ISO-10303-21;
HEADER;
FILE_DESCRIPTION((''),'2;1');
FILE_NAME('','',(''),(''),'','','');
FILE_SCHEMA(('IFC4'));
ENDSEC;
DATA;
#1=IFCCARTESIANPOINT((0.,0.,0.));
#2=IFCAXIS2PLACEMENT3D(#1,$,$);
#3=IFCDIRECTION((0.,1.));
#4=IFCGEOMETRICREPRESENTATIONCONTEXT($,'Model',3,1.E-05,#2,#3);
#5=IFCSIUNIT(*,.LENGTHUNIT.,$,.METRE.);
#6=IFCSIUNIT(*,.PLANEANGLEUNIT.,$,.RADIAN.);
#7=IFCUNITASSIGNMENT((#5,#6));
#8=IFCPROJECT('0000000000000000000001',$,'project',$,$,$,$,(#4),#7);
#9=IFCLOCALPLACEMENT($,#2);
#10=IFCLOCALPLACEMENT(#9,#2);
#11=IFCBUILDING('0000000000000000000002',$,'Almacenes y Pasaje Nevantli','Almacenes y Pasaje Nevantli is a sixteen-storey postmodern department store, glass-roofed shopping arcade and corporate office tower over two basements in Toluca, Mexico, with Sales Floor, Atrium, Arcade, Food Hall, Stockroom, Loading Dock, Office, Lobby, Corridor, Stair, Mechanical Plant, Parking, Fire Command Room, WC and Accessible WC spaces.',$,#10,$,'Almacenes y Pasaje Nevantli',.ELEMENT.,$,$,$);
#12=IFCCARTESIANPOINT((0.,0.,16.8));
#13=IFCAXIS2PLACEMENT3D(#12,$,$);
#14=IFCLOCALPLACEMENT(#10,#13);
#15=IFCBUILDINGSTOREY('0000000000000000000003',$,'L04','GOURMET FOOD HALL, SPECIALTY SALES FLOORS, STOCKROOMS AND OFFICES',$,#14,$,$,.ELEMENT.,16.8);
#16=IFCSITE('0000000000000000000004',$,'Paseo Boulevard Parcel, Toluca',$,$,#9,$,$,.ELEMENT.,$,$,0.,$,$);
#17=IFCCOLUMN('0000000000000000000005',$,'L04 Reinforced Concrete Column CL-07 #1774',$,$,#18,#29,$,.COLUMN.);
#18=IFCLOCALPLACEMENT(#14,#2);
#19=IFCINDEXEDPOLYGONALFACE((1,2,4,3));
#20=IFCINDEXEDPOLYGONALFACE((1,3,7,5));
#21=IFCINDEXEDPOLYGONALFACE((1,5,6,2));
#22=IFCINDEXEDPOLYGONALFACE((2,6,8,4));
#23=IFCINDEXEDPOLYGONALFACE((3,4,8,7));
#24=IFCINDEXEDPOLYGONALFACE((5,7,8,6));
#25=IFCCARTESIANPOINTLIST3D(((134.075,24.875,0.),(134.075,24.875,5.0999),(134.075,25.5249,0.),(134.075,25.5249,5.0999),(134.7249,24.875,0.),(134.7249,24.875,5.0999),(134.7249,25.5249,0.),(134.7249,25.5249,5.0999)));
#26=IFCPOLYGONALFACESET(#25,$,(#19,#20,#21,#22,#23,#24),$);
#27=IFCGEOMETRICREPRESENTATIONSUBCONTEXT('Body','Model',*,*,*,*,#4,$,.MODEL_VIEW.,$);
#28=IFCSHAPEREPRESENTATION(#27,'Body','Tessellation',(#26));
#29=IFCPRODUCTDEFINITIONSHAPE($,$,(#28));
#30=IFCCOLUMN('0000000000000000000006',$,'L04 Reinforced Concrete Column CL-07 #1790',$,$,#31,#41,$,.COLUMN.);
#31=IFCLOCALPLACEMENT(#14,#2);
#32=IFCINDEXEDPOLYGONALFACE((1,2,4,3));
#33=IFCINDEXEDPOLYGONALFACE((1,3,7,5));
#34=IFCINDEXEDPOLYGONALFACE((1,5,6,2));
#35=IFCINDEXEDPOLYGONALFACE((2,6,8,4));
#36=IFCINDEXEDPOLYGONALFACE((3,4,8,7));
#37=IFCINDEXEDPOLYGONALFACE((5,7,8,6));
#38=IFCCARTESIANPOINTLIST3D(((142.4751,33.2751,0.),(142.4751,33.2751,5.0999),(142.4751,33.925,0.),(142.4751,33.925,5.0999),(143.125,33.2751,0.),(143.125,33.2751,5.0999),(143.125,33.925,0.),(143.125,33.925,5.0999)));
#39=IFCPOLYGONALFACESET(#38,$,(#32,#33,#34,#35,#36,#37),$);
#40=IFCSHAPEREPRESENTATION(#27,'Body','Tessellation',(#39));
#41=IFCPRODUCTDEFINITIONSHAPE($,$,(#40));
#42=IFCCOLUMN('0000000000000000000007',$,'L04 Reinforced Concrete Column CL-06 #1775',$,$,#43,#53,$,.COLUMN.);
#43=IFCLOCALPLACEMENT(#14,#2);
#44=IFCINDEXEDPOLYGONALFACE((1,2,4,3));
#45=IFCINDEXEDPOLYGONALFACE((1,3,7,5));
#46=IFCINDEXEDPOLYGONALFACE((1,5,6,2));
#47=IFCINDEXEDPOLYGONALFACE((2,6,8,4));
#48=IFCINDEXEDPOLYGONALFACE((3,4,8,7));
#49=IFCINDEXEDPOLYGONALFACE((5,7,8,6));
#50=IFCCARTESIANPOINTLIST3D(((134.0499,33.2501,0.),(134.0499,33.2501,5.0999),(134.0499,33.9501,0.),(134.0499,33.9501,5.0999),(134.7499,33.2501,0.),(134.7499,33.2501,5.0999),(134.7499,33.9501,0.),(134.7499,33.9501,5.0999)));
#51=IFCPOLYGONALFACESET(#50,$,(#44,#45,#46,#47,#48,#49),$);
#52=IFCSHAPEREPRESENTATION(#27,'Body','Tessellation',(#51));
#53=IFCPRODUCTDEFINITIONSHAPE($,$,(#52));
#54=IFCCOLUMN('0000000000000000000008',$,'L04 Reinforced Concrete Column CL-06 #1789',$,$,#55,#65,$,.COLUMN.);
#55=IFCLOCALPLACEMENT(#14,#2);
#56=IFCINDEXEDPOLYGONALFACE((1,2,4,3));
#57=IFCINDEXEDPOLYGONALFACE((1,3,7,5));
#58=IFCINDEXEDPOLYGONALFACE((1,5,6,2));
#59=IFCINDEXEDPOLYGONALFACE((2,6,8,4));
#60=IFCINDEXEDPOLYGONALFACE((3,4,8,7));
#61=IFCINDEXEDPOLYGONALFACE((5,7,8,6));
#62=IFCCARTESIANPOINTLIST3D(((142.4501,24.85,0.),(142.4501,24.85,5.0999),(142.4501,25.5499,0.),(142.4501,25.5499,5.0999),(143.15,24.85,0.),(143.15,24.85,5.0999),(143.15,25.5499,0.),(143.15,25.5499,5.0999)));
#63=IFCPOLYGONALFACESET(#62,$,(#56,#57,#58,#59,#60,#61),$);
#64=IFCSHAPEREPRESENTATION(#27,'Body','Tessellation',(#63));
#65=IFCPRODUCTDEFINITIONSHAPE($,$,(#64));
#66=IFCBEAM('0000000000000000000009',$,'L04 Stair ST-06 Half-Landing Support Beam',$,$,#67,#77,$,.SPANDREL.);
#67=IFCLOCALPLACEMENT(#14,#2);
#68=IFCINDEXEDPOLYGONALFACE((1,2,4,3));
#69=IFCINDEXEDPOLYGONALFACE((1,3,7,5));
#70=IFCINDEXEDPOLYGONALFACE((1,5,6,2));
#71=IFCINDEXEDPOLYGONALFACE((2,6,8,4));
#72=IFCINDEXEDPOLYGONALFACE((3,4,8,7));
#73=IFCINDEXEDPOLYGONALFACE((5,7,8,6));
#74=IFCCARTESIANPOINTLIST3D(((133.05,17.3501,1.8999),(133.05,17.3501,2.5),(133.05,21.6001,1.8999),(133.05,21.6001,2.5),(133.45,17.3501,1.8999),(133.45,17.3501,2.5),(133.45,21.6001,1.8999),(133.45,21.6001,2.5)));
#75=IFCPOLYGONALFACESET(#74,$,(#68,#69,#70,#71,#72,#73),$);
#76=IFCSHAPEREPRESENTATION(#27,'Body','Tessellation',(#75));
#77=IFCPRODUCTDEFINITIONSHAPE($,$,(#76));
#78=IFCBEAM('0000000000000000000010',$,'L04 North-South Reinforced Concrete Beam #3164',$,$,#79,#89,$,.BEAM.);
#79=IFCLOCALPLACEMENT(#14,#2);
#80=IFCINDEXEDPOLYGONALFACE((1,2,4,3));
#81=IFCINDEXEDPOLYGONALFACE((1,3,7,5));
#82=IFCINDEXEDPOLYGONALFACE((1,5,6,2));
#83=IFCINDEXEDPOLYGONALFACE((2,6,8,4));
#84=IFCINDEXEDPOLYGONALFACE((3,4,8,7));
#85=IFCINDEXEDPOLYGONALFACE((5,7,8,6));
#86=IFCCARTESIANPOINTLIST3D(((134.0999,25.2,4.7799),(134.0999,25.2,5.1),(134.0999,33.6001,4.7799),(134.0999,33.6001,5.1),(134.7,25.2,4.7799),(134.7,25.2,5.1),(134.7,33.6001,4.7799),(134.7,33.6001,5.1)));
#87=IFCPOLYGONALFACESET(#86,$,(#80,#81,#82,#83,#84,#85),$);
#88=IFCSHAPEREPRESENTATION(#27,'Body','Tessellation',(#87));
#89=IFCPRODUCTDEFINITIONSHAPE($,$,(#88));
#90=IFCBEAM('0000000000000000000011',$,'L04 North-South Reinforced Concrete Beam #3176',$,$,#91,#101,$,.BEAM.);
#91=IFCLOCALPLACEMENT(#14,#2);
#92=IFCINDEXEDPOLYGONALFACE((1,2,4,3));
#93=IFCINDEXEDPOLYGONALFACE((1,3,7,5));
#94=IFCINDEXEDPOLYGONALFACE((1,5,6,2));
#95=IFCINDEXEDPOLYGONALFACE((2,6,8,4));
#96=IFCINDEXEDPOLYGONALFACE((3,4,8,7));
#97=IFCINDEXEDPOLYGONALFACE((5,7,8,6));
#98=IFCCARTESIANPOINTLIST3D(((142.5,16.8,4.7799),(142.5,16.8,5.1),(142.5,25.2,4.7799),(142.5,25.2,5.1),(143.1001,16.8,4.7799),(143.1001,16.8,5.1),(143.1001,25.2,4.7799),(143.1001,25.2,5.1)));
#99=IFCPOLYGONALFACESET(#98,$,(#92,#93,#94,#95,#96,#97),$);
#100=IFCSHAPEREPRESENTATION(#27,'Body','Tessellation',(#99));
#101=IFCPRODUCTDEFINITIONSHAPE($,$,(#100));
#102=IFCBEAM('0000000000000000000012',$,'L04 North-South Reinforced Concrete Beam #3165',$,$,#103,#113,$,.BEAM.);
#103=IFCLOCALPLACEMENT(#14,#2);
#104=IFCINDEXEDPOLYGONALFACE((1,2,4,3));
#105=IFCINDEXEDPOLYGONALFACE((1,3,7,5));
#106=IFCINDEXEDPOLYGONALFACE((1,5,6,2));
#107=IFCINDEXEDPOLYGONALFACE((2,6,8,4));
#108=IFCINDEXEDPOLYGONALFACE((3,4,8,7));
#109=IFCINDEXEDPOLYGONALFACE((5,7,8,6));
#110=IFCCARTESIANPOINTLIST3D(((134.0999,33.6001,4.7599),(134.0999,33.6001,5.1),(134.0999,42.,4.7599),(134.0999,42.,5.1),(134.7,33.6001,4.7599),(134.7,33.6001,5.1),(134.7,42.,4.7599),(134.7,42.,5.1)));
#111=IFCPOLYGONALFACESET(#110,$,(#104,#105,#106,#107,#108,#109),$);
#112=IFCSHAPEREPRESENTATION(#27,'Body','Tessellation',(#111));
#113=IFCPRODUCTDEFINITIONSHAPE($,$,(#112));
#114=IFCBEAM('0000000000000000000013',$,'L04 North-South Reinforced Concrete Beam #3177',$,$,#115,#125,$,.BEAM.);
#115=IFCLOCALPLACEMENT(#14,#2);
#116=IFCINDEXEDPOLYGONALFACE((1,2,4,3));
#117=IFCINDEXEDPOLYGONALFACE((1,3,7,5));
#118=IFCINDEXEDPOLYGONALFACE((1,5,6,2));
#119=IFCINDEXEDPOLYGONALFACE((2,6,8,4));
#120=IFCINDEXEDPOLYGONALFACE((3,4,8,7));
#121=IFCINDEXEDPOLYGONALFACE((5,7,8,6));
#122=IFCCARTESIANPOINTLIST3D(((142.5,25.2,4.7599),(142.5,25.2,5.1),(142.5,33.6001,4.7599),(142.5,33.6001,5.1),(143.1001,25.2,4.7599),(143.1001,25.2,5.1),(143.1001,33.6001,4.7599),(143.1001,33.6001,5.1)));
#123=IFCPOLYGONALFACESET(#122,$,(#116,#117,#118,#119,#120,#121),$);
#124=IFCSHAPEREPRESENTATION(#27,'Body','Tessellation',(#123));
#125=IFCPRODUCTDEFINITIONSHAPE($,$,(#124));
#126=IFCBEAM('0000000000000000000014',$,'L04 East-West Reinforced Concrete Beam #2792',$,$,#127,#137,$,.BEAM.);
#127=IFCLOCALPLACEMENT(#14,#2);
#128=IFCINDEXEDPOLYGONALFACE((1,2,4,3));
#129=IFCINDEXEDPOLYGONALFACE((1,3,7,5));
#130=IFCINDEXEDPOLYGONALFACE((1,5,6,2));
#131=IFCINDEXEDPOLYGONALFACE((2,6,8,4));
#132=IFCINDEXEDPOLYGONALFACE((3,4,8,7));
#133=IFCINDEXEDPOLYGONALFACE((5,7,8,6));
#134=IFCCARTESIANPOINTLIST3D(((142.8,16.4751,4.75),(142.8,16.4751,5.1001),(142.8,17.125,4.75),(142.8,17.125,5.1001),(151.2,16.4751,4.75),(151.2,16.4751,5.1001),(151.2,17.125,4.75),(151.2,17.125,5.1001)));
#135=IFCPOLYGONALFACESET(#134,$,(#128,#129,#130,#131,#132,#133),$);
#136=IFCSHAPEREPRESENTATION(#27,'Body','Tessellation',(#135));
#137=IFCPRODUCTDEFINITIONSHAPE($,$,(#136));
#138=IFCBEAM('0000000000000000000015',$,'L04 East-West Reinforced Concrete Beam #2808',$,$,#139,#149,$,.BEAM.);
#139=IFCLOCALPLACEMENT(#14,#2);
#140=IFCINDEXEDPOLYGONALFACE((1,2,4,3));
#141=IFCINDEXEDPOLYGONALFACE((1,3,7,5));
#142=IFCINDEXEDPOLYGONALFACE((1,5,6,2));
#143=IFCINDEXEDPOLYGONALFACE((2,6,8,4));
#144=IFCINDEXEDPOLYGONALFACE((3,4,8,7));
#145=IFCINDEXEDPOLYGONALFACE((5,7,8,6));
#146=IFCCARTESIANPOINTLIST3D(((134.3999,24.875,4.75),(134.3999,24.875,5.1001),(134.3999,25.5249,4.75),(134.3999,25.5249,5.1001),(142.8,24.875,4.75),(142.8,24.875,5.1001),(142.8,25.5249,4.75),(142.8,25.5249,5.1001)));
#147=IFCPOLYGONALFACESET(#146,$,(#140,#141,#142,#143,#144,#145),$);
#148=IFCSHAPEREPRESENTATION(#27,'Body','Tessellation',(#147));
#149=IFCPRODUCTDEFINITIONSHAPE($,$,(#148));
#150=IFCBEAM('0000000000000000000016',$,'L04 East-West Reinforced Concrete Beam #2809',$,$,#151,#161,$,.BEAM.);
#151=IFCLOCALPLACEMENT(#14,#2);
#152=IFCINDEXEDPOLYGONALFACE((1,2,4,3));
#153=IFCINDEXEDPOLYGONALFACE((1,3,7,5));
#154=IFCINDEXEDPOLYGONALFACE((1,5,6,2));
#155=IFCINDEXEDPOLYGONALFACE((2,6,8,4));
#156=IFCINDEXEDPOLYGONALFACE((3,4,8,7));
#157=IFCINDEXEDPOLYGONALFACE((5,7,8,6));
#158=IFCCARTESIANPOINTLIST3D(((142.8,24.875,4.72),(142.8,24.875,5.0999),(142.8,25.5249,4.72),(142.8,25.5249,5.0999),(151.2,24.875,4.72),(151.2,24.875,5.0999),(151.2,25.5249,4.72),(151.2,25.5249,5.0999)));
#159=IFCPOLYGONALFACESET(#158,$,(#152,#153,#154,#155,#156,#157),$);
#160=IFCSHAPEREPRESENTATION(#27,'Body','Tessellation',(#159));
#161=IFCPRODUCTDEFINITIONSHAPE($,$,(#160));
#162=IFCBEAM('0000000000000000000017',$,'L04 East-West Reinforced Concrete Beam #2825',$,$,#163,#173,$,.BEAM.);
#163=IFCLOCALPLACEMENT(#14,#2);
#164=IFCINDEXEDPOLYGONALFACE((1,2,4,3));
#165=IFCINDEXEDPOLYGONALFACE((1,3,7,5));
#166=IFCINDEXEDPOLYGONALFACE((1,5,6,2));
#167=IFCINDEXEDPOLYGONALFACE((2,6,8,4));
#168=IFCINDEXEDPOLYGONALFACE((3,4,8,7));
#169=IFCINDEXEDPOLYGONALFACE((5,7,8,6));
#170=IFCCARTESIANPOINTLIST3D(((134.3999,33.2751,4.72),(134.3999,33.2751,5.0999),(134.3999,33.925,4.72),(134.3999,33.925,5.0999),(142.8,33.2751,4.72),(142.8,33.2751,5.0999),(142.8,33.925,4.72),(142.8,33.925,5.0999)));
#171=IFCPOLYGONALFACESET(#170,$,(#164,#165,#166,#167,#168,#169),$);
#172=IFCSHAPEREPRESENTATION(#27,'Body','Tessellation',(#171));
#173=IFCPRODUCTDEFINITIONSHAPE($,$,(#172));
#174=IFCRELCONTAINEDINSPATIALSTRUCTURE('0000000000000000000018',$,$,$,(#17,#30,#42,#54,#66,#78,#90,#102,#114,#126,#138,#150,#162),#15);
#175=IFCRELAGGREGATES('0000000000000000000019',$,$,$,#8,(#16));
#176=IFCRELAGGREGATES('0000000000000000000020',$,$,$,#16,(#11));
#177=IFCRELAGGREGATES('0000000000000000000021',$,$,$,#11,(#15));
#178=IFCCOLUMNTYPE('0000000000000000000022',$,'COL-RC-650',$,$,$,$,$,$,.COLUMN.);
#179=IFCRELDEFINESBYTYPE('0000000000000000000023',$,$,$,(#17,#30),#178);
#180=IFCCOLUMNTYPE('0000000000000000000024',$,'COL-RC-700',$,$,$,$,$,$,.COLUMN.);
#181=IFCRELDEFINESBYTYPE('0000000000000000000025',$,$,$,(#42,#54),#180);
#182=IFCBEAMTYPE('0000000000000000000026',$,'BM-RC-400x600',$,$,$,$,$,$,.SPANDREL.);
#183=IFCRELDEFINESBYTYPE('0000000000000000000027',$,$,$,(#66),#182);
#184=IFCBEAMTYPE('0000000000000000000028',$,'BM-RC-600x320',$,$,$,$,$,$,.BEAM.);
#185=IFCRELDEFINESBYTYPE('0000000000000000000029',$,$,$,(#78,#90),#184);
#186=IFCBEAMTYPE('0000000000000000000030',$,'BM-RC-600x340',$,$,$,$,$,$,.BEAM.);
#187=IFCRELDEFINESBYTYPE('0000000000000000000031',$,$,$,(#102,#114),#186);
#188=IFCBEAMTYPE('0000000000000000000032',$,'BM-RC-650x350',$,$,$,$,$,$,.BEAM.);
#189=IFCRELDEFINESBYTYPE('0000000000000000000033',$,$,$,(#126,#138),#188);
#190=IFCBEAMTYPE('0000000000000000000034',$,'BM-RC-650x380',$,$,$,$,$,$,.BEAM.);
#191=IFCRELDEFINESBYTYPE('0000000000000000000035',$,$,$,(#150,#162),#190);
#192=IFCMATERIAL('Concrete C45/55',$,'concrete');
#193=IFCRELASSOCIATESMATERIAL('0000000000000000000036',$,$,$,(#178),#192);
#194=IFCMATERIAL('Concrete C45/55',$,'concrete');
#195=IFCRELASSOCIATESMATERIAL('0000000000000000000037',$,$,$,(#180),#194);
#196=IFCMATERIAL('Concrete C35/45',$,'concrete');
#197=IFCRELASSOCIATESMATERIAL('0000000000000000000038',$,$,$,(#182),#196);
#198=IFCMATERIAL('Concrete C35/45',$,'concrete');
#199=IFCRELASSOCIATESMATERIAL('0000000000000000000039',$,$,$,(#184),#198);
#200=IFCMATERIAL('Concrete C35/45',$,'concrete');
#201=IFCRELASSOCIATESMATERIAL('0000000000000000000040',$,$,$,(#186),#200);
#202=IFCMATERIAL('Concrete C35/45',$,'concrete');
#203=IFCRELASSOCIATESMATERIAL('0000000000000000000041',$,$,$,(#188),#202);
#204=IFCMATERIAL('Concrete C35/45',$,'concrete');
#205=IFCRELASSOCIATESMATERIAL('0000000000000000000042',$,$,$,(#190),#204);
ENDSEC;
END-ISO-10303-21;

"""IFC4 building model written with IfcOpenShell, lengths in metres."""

from ifc_helpers import new_model, si_unit, direction, frame, origin, origin_2d, place, context, subcontext, project, spatial, rectangle, extrude, material, material_profile, profile_set, type_object, element, save


model = new_model("IFC4")

# Units and contexts
model_context = context("Model", 3, precision=1e-05, world=origin(), true_north=direction((0.0, 1.0)))
body_context = subcontext(model_context, "Body", "Model", "MODEL_VIEW")
ifc_project = project(units=[si_unit("LENGTHUNIT", "METRE"), si_unit("PLANEANGLEUNIT", "RADIAN")], contexts=[model_context])

# Site, building, storey
site_placement = place(None, origin())
site = spatial("IfcSite", under=ifc_project, at=site_placement, Name="Paseo Boulevard Parcel, Toluca", CompositionType="ELEMENT", RefElevation=0.0)
building_placement = place(site_placement, origin())
building = spatial("IfcBuilding", under=site, at=building_placement, Name="Almacenes y Pasaje Nevantli", Description="Almacenes y Pasaje Nevantli is a sixteen-storey postmodern department store, glass-roofed shopping arcade and corporate office tower over two basements in Toluca, Mexico, with Sales Floor, Atrium, Arcade, Food Hall, Stockroom, Loading Dock, Office, Lobby, Corridor, Stair, Mechanical Plant, Parking, Fire Command Room, WC and Accessible WC spaces.", LongName="Almacenes y Pasaje Nevantli", CompositionType="ELEMENT")
storey_placement = place(building_placement, frame((0.0, 0.0, 16.8)))
storey = spatial("IfcBuildingStorey", under=building, at=storey_placement, Name="L04", Description="GOURMET FOOD HALL, SPECIALTY SALES FLOORS, STOCKROOMS AND OFFICES", CompositionType="ELEMENT", Elevation=16.8)

# Columns
ifc_material_1 = material(Name="Concrete C45/55", Category="concrete")
ifc_material_profile_1 = material_profile(ifc_material_1, rectangle(XDim=0.6499, YDim=0.6499, at=origin_2d()), Name="RC-COL-650x650")
ifc_profile_set_1 = profile_set([ifc_material_profile_1], Name="Concrete C45/55")
column_type_1 = type_object("IfcColumnType", Name="COL-RC-650", PredefinedType="COLUMN", material=ifc_profile_set_1)
for number, where, z_axis, x_axis, name in (
    (1, (134.3999, 25.2, 0.0), (0.0, 0.0, 1.0), (1.0, 0.0, 0.0), "L04 Reinforced Concrete Column CL-07 #1774"),
    (2, (142.8, 33.6001, 0.0), (0.0, 0.0, 1.0), (1.0, 0.0, 0.0), "L04 Reinforced Concrete Column CL-07 #1790"),
):
    element("IfcColumn", number, at=place(storey_placement, frame(where, z_axis=z_axis, x_axis=x_axis)), inside=storey, type_object=column_type_1, Name=name, PredefinedType="COLUMN", context=body_context, shape_type="SweptSolid", body=[
        extrude(rectangle(XDim=0.6499, YDim=0.6499, at=origin_2d()), origin(), (0.0, 0.0, 1.0), 5.0999),
    ])
ifc_material_2 = material(Name="Concrete C45/55", Category="concrete")
ifc_material_profile_2 = material_profile(ifc_material_2, rectangle(XDim=0.7, YDim=0.7, at=origin_2d()), Name="RC-COL-700x700")
ifc_profile_set_2 = profile_set([ifc_material_profile_2], Name="Concrete C45/55")
column_type_2 = type_object("IfcColumnType", Name="COL-RC-700", PredefinedType="COLUMN", material=ifc_profile_set_2)
for number, where, z_axis, x_axis, name in (
    (3, (134.3999, 33.6001, 0.0), (0.0, 0.0, 1.0), (1.0, 0.0, 0.0), "L04 Reinforced Concrete Column CL-06 #1775"),
    (4, (142.8, 25.2, 0.0), (0.0, 0.0, 1.0), (1.0, 0.0, 0.0), "L04 Reinforced Concrete Column CL-06 #1789"),
):
    element("IfcColumn", number, at=place(storey_placement, frame(where, z_axis=z_axis, x_axis=x_axis)), inside=storey, type_object=column_type_2, Name=name, PredefinedType="COLUMN", context=body_context, shape_type="SweptSolid", body=[
        extrude(rectangle(XDim=0.7, YDim=0.7, at=origin_2d()), origin(), (0.0, 0.0, 1.0), 5.0999),
    ])

# Beams
ifc_material_3 = material(Name="Concrete C35/45", Category="concrete")
ifc_material_profile_3 = material_profile(ifc_material_3, rectangle(XDim=0.3999, YDim=0.6001, at=origin_2d()), Name="RC-BM-400x600")
ifc_profile_set_3 = profile_set([ifc_material_profile_3], Name="Concrete C35/45")
beam_type_1 = type_object("IfcBeamType", Name="BM-RC-400x600", PredefinedType="SPANDREL", material=ifc_profile_set_3)
beam_1_placement = place(storey_placement, frame((133.25, 17.3501, 2.2), z_axis=(0.0, 1.0, 0.0), x_axis=(-1.0, 0.0, 0.0)))
element("IfcBeam", 5, at=beam_1_placement, inside=storey, type_object=beam_type_1, Name="L04 Stair ST-06 Half-Landing Support Beam", PredefinedType="SPANDREL", context=body_context, shape_type="SweptSolid", body=[
    extrude(rectangle(XDim=0.3999, YDim=0.6001, at=origin_2d()), origin(), (0.0, 0.0, 1.0), 4.25),
])
ifc_material_4 = material(Name="Concrete C35/45", Category="concrete")
ifc_material_profile_4 = material_profile(ifc_material_4, rectangle(XDim=0.6001, YDim=0.3201, at=origin_2d()), Name="RC-BM-600x320")
ifc_profile_set_4 = profile_set([ifc_material_profile_4], Name="Concrete C35/45")
beam_type_2 = type_object("IfcBeamType", Name="BM-RC-600x320", PredefinedType="BEAM", material=ifc_profile_set_4)
beam_2_placement = place(storey_placement, frame((134.3999, 25.2, 4.9399), z_axis=(0.0, 1.0, 0.0), x_axis=(-1.0, 0.0, 0.0)))
element("IfcBeam", 6, at=beam_2_placement, inside=storey, type_object=beam_type_2, Name="L04 North-South Reinforced Concrete Beam #3164", PredefinedType="BEAM", context=body_context, shape_type="SweptSolid", body=[
    extrude(rectangle(XDim=0.6001, YDim=0.3201, at=origin_2d()), origin(), (0.0, 0.0, 1.0), 8.4001),
])
beam_3_placement = place(storey_placement, frame((142.8, 16.8, 4.9399), z_axis=(0.0, 1.0, 0.0), x_axis=(-1.0, 0.0, 0.0)))
element("IfcBeam", 7, at=beam_3_placement, inside=storey, type_object=beam_type_2, Name="L04 North-South Reinforced Concrete Beam #3176", PredefinedType="BEAM", context=body_context, shape_type="SweptSolid", body=[
    extrude(rectangle(XDim=0.6001, YDim=0.3201, at=origin_2d()), origin(), (0.0, 0.0, 1.0), 8.3999),
])
ifc_material_5 = material(Name="Concrete C35/45", Category="concrete")
ifc_material_profile_5 = material_profile(ifc_material_5, rectangle(XDim=0.6001, YDim=0.3401, at=origin_2d()), Name="RC-BM-600x340")
ifc_profile_set_5 = profile_set([ifc_material_profile_5], Name="Concrete C35/45")
beam_type_3 = type_object("IfcBeamType", Name="BM-RC-600x340", PredefinedType="BEAM", material=ifc_profile_set_5)
beam_4_placement = place(storey_placement, frame((134.3999, 33.6001, 4.9299), z_axis=(0.0, 1.0, 0.0), x_axis=(-1.0, 0.0, 0.0)))
element("IfcBeam", 8, at=beam_4_placement, inside=storey, type_object=beam_type_3, Name="L04 North-South Reinforced Concrete Beam #3165", PredefinedType="BEAM", context=body_context, shape_type="SweptSolid", body=[
    extrude(rectangle(XDim=0.6001, YDim=0.3401, at=origin_2d()), origin(), (0.0, 0.0, 1.0), 8.3999),
])
beam_5_placement = place(storey_placement, frame((142.8, 25.2, 4.9299), z_axis=(0.0, 1.0, 0.0), x_axis=(-1.0, 0.0, 0.0)))
element("IfcBeam", 9, at=beam_5_placement, inside=storey, type_object=beam_type_3, Name="L04 North-South Reinforced Concrete Beam #3177", PredefinedType="BEAM", context=body_context, shape_type="SweptSolid", body=[
    extrude(rectangle(XDim=0.6001, YDim=0.3401, at=origin_2d()), origin(), (0.0, 0.0, 1.0), 8.4001),
])
ifc_material_6 = material(Name="Concrete C35/45", Category="concrete")
ifc_material_profile_6 = material_profile(ifc_material_6, rectangle(XDim=0.6499, YDim=0.3501, at=origin_2d()), Name="RC-BM-650x350")
ifc_profile_set_6 = profile_set([ifc_material_profile_6], Name="Concrete C35/45")
beam_type_4 = type_object("IfcBeamType", Name="BM-RC-650x350", PredefinedType="BEAM", material=ifc_profile_set_6)
beam_6_placement = place(storey_placement, frame((142.8, 16.8, 4.925), z_axis=(1.0, 0.0, 0.0), x_axis=(0.0, 1.0, 0.0)))
element("IfcBeam", 10, at=beam_6_placement, inside=storey, type_object=beam_type_4, Name="L04 East-West Reinforced Concrete Beam #2792", PredefinedType="BEAM", context=body_context, shape_type="SweptSolid", body=[
    extrude(rectangle(XDim=0.6499, YDim=0.3501, at=origin_2d()), origin(), (0.0, 0.0, 1.0), 8.3999),
])
beam_7_placement = place(storey_placement, frame((134.3999, 25.2, 4.925), z_axis=(1.0, 0.0, 0.0), x_axis=(0.0, 1.0, 0.0)))
element("IfcBeam", 11, at=beam_7_placement, inside=storey, type_object=beam_type_4, Name="L04 East-West Reinforced Concrete Beam #2808", PredefinedType="BEAM", context=body_context, shape_type="SweptSolid", body=[
    extrude(rectangle(XDim=0.6499, YDim=0.3501, at=origin_2d()), origin(), (0.0, 0.0, 1.0), 8.4001),
])
ifc_material_7 = material(Name="Concrete C35/45", Category="concrete")
ifc_material_profile_7 = material_profile(ifc_material_7, rectangle(XDim=0.6499, YDim=0.3799, at=origin_2d()), Name="RC-BM-650x380")
ifc_profile_set_7 = profile_set([ifc_material_profile_7], Name="Concrete C35/45")
beam_type_5 = type_object("IfcBeamType", Name="BM-RC-650x380", PredefinedType="BEAM", material=ifc_profile_set_7)
beam_8_placement = place(storey_placement, frame((142.8, 25.2, 4.9099), z_axis=(1.0, 0.0, 0.0), x_axis=(0.0, 1.0, 0.0)))
element("IfcBeam", 12, at=beam_8_placement, inside=storey, type_object=beam_type_5, Name="L04 East-West Reinforced Concrete Beam #2809", PredefinedType="BEAM", context=body_context, shape_type="SweptSolid", body=[
    extrude(rectangle(XDim=0.6499, YDim=0.3799, at=origin_2d()), origin(), (0.0, 0.0, 1.0), 8.3999),
])
beam_9_placement = place(storey_placement, frame((134.3999, 33.6001, 4.9099), z_axis=(1.0, 0.0, 0.0), x_axis=(0.0, 1.0, 0.0)))
element("IfcBeam", 13, at=beam_9_placement, inside=storey, type_object=beam_type_5, Name="L04 East-West Reinforced Concrete Beam #2825", PredefinedType="BEAM", context=body_context, shape_type="SweptSolid", body=[
    extrude(rectangle(XDim=0.6499, YDim=0.3799, at=origin_2d()), origin(), (0.0, 0.0, 1.0), 8.4001),
])

save(model, "model.ifc")
